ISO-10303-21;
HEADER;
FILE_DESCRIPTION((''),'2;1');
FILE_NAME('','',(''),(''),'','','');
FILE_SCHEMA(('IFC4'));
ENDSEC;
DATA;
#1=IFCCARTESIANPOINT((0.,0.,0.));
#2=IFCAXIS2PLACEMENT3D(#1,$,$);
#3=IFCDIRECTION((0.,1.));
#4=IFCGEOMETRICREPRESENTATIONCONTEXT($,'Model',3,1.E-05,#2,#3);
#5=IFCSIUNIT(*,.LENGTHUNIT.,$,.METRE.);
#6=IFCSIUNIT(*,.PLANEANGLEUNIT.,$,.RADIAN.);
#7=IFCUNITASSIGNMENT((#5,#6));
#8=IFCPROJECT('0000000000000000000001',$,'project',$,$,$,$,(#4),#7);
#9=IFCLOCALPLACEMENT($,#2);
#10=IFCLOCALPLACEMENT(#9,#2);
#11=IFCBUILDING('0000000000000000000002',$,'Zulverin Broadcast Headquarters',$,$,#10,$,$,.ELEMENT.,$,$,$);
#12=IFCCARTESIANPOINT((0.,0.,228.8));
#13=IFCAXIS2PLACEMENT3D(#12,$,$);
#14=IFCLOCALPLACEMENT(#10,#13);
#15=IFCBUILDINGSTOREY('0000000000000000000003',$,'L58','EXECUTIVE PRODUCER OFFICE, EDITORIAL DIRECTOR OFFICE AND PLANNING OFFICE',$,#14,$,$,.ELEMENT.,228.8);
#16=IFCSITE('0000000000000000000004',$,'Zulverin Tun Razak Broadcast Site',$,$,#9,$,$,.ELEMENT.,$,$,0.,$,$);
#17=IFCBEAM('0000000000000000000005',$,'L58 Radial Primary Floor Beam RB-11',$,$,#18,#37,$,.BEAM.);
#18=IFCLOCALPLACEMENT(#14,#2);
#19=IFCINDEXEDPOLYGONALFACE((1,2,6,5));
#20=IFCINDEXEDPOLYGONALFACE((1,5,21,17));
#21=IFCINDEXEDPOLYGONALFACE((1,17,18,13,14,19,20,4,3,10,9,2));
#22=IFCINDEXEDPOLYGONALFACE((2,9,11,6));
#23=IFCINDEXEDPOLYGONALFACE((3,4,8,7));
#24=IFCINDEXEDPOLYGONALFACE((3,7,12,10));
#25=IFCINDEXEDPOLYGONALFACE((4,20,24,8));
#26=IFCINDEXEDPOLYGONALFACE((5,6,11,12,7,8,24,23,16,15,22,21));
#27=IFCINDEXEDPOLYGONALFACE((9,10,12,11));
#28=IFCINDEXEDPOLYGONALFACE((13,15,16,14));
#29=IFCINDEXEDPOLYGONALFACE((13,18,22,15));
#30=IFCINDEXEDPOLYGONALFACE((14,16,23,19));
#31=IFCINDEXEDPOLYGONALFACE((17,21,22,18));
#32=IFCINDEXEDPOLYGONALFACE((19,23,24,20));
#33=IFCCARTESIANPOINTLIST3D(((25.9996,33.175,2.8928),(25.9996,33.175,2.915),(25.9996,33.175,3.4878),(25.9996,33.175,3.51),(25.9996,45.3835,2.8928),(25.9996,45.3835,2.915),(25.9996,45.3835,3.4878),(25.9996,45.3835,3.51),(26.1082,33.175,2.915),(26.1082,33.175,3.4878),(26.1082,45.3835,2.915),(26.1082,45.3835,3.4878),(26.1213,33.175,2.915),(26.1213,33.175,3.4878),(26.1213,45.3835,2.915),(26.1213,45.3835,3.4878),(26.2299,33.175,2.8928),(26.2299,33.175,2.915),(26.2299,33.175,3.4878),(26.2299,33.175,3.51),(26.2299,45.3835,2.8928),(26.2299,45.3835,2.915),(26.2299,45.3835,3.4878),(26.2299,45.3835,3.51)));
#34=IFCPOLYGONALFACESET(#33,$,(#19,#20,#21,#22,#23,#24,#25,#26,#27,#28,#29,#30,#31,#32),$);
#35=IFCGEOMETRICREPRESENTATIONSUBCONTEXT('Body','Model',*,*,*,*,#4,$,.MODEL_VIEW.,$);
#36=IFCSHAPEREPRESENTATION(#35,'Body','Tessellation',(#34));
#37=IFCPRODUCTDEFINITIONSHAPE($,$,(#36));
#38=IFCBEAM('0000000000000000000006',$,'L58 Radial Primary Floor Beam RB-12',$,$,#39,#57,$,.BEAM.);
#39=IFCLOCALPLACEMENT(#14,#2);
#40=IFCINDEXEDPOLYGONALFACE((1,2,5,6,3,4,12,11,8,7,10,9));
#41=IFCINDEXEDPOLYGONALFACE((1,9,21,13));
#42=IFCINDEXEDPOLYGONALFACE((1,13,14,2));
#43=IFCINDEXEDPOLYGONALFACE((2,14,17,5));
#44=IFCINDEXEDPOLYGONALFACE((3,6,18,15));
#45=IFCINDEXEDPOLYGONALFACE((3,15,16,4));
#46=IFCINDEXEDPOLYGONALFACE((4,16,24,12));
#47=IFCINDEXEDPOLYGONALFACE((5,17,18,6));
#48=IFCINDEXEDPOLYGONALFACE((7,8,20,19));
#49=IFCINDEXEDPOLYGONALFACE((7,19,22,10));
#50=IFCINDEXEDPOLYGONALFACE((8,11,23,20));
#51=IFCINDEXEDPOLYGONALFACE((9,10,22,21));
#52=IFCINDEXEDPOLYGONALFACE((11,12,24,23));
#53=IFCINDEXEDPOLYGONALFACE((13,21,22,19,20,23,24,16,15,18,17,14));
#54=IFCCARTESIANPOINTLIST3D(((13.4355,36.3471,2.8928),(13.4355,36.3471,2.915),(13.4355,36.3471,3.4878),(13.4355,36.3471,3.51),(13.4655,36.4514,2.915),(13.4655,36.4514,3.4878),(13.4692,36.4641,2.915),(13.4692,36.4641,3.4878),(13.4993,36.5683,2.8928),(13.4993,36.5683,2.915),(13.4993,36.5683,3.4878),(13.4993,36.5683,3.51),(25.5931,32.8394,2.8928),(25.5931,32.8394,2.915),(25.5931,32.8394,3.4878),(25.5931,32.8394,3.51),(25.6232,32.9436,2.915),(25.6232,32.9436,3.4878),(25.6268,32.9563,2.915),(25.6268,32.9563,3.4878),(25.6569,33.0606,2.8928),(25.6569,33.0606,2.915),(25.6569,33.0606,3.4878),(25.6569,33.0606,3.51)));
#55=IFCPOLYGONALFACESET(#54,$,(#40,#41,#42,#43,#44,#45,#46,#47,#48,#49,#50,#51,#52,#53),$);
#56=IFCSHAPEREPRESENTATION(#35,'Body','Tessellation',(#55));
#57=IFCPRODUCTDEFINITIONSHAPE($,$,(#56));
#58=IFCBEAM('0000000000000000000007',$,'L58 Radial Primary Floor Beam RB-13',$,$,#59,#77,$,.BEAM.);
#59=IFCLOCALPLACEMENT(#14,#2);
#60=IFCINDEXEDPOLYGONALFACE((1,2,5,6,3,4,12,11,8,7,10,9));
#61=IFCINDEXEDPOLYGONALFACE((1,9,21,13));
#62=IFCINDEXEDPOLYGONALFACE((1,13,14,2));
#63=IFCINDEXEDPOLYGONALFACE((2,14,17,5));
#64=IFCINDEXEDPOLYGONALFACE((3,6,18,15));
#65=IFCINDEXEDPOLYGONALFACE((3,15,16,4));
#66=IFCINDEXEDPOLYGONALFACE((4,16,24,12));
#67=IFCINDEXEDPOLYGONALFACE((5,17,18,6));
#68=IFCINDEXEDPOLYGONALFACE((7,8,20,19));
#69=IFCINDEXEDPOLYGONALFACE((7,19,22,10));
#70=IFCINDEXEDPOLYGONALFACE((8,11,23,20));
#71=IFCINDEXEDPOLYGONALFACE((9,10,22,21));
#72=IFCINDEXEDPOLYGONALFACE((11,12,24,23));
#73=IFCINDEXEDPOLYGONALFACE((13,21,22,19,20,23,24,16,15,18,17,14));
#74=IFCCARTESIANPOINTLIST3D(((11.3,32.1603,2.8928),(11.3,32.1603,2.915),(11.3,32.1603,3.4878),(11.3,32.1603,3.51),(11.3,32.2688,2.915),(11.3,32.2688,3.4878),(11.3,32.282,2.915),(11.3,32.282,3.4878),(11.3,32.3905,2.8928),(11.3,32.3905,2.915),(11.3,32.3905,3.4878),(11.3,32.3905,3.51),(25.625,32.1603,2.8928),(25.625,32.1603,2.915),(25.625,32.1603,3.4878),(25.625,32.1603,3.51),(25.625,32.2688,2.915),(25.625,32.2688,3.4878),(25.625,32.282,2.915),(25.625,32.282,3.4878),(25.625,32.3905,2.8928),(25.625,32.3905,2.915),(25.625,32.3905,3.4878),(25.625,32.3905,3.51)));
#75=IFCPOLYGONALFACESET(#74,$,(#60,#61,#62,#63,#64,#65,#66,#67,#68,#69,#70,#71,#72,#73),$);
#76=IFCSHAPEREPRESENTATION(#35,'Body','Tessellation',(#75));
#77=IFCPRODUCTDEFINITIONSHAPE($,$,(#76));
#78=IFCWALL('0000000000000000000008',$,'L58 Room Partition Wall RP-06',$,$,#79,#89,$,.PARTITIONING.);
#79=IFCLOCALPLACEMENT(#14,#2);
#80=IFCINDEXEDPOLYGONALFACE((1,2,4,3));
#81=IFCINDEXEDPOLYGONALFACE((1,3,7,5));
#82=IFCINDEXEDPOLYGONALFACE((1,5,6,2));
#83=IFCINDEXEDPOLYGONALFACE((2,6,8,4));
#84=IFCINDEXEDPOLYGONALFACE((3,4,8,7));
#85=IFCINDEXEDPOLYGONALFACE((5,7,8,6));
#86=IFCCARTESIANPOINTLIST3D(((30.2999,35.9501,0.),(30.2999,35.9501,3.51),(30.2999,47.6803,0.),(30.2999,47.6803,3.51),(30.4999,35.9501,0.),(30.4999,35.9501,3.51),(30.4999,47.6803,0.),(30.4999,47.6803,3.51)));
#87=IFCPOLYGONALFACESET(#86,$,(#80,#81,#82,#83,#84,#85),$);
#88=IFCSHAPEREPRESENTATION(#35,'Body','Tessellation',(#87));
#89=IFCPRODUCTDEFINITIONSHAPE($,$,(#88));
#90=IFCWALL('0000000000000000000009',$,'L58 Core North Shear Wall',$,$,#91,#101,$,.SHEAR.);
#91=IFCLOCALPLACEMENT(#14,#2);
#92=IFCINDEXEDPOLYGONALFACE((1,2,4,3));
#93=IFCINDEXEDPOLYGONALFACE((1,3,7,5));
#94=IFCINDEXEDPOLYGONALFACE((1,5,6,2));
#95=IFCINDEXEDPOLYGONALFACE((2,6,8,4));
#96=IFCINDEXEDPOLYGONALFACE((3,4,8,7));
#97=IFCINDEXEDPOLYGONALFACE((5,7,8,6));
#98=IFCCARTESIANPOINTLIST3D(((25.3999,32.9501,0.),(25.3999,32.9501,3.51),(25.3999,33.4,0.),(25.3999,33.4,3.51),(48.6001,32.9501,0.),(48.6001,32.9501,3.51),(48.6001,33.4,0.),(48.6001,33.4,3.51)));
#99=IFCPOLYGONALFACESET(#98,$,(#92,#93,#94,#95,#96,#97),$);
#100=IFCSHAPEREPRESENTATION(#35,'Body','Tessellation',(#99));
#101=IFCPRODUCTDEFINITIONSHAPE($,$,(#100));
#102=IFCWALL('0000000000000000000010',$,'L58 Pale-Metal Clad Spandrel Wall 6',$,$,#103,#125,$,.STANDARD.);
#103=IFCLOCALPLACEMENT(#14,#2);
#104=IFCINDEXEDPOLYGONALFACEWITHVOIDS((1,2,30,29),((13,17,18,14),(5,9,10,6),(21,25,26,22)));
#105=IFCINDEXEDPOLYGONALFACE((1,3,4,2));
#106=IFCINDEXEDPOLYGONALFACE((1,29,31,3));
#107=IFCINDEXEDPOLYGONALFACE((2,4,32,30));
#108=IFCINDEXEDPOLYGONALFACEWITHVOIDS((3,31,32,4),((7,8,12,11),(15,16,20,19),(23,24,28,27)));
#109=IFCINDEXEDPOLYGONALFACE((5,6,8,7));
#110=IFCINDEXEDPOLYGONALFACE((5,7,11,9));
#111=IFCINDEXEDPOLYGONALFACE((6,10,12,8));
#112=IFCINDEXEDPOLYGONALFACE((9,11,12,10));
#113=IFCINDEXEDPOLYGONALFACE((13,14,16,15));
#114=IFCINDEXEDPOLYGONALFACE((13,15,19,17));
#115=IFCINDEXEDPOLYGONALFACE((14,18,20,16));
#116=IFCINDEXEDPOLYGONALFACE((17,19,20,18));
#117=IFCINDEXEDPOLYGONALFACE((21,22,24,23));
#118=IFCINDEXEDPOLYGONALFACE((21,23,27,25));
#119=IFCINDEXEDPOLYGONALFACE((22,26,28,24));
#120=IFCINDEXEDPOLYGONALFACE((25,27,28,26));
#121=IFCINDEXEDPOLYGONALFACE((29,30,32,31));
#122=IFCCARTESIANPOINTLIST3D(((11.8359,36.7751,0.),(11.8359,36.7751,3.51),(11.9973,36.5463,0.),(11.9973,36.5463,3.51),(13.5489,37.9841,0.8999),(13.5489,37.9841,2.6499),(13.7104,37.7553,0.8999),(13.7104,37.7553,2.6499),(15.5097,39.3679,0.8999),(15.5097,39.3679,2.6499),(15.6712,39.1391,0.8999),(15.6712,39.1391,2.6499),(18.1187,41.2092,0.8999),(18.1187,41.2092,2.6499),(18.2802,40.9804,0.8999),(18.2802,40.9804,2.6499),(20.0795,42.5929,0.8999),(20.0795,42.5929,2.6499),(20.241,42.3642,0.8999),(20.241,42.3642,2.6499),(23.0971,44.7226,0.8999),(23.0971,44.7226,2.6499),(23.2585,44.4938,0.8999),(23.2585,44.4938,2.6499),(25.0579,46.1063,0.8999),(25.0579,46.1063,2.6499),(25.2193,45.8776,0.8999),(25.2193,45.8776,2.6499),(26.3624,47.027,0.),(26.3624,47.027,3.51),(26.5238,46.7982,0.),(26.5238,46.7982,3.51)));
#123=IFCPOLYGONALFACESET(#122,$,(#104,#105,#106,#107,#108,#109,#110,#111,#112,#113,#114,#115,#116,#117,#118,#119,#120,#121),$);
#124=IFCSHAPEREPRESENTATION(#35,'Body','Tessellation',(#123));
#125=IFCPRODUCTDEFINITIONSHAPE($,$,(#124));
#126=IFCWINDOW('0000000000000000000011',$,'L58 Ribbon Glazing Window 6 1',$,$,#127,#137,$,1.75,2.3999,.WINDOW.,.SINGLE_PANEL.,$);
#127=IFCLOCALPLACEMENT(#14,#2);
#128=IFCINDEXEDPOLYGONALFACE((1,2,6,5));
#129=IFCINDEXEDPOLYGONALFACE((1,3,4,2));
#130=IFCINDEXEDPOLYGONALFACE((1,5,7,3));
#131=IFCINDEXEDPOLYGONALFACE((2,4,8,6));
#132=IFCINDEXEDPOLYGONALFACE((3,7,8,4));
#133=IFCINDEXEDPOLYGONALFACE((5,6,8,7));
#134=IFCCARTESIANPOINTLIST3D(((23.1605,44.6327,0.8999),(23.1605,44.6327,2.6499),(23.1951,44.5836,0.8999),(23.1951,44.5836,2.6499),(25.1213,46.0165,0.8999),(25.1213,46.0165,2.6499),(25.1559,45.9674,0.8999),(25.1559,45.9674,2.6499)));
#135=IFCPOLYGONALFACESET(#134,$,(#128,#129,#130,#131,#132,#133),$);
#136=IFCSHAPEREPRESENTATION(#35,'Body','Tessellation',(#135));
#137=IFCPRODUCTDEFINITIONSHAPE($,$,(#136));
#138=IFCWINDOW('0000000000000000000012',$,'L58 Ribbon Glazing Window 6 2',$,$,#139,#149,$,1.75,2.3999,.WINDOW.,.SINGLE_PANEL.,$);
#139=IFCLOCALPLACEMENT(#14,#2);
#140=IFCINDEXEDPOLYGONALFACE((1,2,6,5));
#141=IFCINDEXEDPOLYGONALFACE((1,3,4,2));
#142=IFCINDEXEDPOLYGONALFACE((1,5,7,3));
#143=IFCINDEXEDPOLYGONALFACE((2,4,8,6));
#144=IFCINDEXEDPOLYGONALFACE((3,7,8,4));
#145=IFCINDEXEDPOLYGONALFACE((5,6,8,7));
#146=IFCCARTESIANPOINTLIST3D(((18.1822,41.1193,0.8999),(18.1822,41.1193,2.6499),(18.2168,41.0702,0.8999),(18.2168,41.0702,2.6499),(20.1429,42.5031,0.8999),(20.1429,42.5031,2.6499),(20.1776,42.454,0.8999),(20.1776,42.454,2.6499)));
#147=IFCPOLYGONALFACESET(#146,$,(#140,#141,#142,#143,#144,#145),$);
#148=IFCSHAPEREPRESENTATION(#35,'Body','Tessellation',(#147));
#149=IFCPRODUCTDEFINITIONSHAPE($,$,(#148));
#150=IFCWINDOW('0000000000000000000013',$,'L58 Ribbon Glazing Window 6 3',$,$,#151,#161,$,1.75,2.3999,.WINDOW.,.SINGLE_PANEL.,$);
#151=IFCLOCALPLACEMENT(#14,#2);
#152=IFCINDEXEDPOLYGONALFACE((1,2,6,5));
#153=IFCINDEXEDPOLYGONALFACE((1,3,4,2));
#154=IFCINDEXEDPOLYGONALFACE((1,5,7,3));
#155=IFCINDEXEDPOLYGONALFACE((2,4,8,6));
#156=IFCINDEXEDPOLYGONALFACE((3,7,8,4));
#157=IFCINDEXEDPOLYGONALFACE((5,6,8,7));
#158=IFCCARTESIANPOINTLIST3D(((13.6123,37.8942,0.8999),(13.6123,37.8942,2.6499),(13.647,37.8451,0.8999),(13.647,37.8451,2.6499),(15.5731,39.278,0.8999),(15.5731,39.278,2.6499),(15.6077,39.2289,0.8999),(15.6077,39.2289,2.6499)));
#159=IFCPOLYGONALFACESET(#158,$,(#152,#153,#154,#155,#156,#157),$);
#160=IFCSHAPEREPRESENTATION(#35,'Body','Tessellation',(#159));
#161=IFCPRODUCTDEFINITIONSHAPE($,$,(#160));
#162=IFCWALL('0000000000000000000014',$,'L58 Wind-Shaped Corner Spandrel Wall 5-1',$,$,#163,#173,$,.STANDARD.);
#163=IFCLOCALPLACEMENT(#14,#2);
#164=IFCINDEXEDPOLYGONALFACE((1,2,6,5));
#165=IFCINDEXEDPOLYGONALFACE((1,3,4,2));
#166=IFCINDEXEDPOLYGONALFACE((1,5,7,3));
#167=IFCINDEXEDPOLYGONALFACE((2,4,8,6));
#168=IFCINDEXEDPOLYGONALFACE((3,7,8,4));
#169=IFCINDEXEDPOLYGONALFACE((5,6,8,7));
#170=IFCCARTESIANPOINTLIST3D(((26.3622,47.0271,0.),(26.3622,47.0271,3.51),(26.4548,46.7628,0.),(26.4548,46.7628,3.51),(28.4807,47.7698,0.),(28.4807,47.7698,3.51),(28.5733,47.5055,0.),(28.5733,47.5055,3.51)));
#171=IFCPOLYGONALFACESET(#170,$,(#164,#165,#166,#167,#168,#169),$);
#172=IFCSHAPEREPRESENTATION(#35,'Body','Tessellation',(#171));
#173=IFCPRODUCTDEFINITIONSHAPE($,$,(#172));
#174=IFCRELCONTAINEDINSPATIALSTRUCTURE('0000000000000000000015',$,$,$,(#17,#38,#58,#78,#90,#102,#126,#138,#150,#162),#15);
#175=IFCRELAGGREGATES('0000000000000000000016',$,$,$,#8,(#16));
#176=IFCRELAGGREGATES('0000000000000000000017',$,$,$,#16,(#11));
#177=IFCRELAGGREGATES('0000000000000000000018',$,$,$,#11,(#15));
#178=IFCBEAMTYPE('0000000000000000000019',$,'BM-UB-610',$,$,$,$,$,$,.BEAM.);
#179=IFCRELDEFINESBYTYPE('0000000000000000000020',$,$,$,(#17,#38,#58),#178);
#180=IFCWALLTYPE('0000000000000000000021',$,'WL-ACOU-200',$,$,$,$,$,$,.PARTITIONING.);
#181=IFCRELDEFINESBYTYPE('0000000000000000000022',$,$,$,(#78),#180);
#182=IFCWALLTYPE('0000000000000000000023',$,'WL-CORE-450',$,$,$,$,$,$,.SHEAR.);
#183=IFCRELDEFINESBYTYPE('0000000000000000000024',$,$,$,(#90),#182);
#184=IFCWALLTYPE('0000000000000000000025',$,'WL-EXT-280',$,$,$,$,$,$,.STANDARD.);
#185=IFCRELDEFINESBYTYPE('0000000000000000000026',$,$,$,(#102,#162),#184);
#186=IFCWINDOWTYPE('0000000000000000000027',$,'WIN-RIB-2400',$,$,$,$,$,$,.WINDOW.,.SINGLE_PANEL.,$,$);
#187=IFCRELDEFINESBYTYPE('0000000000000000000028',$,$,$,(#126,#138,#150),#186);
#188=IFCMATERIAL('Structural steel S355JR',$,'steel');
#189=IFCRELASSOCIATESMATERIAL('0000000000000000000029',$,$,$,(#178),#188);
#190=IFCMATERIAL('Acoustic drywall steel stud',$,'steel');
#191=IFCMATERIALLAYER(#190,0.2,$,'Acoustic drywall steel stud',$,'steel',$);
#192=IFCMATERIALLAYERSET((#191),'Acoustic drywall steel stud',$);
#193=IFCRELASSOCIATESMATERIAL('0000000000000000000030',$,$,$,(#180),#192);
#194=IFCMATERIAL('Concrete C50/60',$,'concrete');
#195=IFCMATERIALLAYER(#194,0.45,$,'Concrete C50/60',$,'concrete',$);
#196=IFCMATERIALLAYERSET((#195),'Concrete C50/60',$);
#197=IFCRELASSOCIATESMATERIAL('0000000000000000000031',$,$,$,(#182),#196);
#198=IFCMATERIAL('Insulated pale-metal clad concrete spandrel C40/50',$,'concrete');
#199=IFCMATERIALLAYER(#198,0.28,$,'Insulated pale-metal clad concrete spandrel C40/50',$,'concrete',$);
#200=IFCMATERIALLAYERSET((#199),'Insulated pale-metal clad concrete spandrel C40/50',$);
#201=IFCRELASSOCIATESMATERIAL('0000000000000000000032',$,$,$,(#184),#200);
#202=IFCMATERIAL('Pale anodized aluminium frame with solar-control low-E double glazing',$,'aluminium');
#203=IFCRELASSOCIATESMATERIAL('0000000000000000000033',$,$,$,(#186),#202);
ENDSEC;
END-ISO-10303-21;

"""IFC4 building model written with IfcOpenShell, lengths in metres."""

from ifc_helpers import new_model, si_unit, direction, frame, frame_2d, origin, origin_2d, place, context, subcontext, project, spatial, rectangle, i_section, extrude, material, layer, layer_set, material_profile, profile_set, type_object, element, fill, save


model = new_model("IFC4")

# Units and contexts
model_context = context("Model", 3, precision=1e-05, world=origin(), true_north=direction((0.0, 1.0)))
body_context = subcontext(model_context, "Body", "Model", "MODEL_VIEW")
ifc_project = project(units=[si_unit("LENGTHUNIT", "METRE"), si_unit("PLANEANGLEUNIT", "RADIAN")], contexts=[model_context])

# Site, building, storey
site_placement = place(None, origin())
site = spatial("IfcSite", under=ifc_project, at=site_placement, Name="Zulverin Tun Razak Broadcast Site", CompositionType="ELEMENT", RefElevation=0.0)
building_placement = place(site_placement, origin())
building = spatial("IfcBuilding", under=site, at=building_placement, Name="Zulverin Broadcast Headquarters", CompositionType="ELEMENT")
storey_placement = place(building_placement, frame((0.0, 0.0, 228.8)))
storey = spatial("IfcBuildingStorey", under=building, at=storey_placement, Name="L58", Description="EXECUTIVE PRODUCER OFFICE, EDITORIAL DIRECTOR OFFICE AND PLANNING OFFICE", CompositionType="ELEMENT", Elevation=228.8)

# Shared definitions
ifc_material_1 = material(Name="Concrete C50/60", Category="concrete")

# Beams
ifc_material_2 = material(Name="Structural steel S355JR", Category="steel")
ifc_material_profile_1 = material_profile(ifc_material_2, i_section(OverallWidth=0.2302, OverallDepth=0.6172, WebThickness=0.0132, FlangeThickness=0.0222, at=origin_2d()), Name="Structural steel S355JR", Category="steel")
ifc_profile_set_1 = profile_set([ifc_material_profile_1], Name="Structural steel S355JR")
beam_type_1 = type_object("IfcBeamType", Name="BM-UB-610", PredefinedType="BEAM", material=ifc_profile_set_1)
beam_1_placement = place(storey_placement, frame((26.1147, 33.175, 3.2014), z_axis=(0.0, 1.0, 0.0), x_axis=(-1.0, 0.0, 0.0)))
element("IfcBeam", 1, at=beam_1_placement, inside=storey, type_object=beam_type_1, Name="L58 Radial Primary Floor Beam RB-11", PredefinedType="BEAM", context=body_context, shape_type="SweptSolid", body=[
    extrude(i_section(OverallWidth=0.2302, OverallDepth=0.6172, WebThickness=0.0132, FlangeThickness=0.0222, at=origin_2d()), origin(), (0.0, 0.0, 1.0), 12.2085),
])
beam_2_placement = place(storey_placement, frame((25.625, 32.95, 3.2014), z_axis=(-0.960807, 0.277218, 0.0), x_axis=(-0.277218, -0.960807, 0.0)))
element("IfcBeam", 2, at=beam_2_placement, inside=storey, type_object=beam_type_1, Name="L58 Radial Primary Floor Beam RB-12", PredefinedType="BEAM", context=body_context, shape_type="SweptSolid", body=[
    extrude(i_section(OverallWidth=0.2302, OverallDepth=0.6172, WebThickness=0.0132, FlangeThickness=0.0222, at=origin_2d()), origin(), (0.0, 0.0, 1.0), 12.6536),
])
beam_3_placement = place(storey_placement, frame((25.625, 32.2754, 3.2014), z_axis=(-1.0, 0.0, 0.0), x_axis=(0.0, -1.0, 0.0)))
element("IfcBeam", 3, at=beam_3_placement, inside=storey, type_object=beam_type_1, Name="L58 Radial Primary Floor Beam RB-13", PredefinedType="BEAM", context=body_context, shape_type="SweptSolid", body=[
    extrude(i_section(OverallWidth=0.2302, OverallDepth=0.6172, WebThickness=0.0132, FlangeThickness=0.0222, at=origin_2d()), origin(), (0.0, 0.0, 1.0), 14.325),
])

# Walls
ifc_material_3 = material(Name="Acoustic drywall steel stud", Category="steel")
ifc_layer_1 = layer(ifc_material_3, 0.2, Name="Acoustic drywall steel stud", Category="steel")
ifc_layer_set_1 = layer_set([ifc_layer_1], Name="Acoustic drywall steel stud")
wall_type_1 = type_object("IfcWallType", Name="WL-ACOU-200", PredefinedType="PARTITIONING", material=ifc_layer_set_1)
wall_1_placement = place(storey_placement, frame((30.3999, 35.95, 0.0), z_axis=(0.0, 0.0, 1.0), x_axis=(0.0, 1.0, 0.0)))
element("IfcWall", 4, at=wall_1_placement, inside=storey, type_object=wall_type_1, Name="L58 Room Partition Wall RP-06", PredefinedType="PARTITIONING", context=body_context, shape_type="SweptSolid", body=[
    extrude(rectangle(XDim=11.7302, YDim=0.2, at=frame_2d((5.8652, 0.0))), origin(), (0.0, 0.0, 1.0), 3.51),
])
ifc_layer_2 = layer(ifc_material_1, 0.45, Name="Concrete C50/60", Category="concrete")
ifc_layer_set_2 = layer_set([ifc_layer_2], Name="Concrete C50/60")
wall_type_2 = type_object("IfcWallType", Name="WL-CORE-450", PredefinedType="SHEAR", material=ifc_layer_set_2)
wall_2_placement = place(storey_placement, frame((25.3999, 33.175, 0.0), z_axis=(0.0, 0.0, 1.0), x_axis=(1.0, 0.0, 0.0)))
element("IfcWall", 5, at=wall_2_placement, inside=storey, type_object=wall_type_2, Name="L58 Core North Shear Wall", PredefinedType="SHEAR", context=body_context, shape_type="SweptSolid", body=[
    extrude(rectangle(XDim=23.2002, YDim=0.45, at=frame_2d((11.6001, 0.0))), origin(), (0.0, 0.0, 1.0), 3.51),
])

# Wall, openings, windows
ifc_material_4 = material(Name="Insulated pale-metal clad concrete spandrel C40/50", Category="concrete")
ifc_layer_3 = layer(ifc_material_4, 0.28, Name="Insulated pale-metal clad concrete spandrel C40/50", Category="concrete")
ifc_layer_set_3 = layer_set([ifc_layer_3], Name="Insulated pale-metal clad concrete spandrel C40/50")
wall_type_3 = type_object("IfcWallType", Name="WL-EXT-280", PredefinedType="STANDARD", material=ifc_layer_set_3)
wall_3_placement = place(storey_placement, frame((26.4431, 46.9126, 0.0), z_axis=(0.0, 0.0, 1.0), x_axis=(-0.817024, -0.576603, 0.0)))
wall_3 = element("IfcWall", 6, at=wall_3_placement, inside=storey, type_object=wall_type_3, Name="L58 Pale-Metal Clad Spandrel Wall 6", PredefinedType="STANDARD", context=body_context, shape_type="SweptSolid", body=[
    extrude(rectangle(XDim=17.7798, YDim=0.28, at=frame_2d((8.8899, 0.0))), origin(), (0.0, 0.0, 1.0), 3.51),
])
opening_1_placement = place(wall_3_placement, frame((1.5967, 0.0, 0.8999)))
opening_1 = element("IfcOpeningElement", 7, at=opening_1_placement, cuts=wall_3, PredefinedType="OPENING", context=body_context, shape_type="SweptSolid", body=[
    extrude(rectangle(XDim=2.3999, YDim=1.75, at=frame_2d((1.2, 0.875))), frame((0.0, 0.1499, 0.0), z_axis=(0.0, -1.0, 0.0), x_axis=(1.0, 0.0, 0.0)), (0.0, 0.0, 1.0), 0.3),
])
opening_2_placement = place(wall_3_placement, frame((7.6899, 0.0, 0.8999)))
opening_2 = element("IfcOpeningElement", 8, at=opening_2_placement, cuts=wall_3, PredefinedType="OPENING", context=body_context, shape_type="SweptSolid", body=[
    extrude(rectangle(XDim=2.3999, YDim=1.75, at=frame_2d((1.2, 0.875))), frame((0.0, 0.1499, 0.0), z_axis=(0.0, -1.0, 0.0), x_axis=(1.0, 0.0, 0.0)), (0.0, 0.0, 1.0), 0.3),
])
opening_3_placement = place(wall_3_placement, frame((13.2832, 0.0, 0.8999)))
opening_3 = element("IfcOpeningElement", 9, at=opening_3_placement, cuts=wall_3, PredefinedType="OPENING", context=body_context, shape_type="SweptSolid", body=[
    extrude(rectangle(XDim=2.3999, YDim=1.75, at=frame_2d((1.2, 0.875))), frame((0.0, 0.1499, 0.0), z_axis=(0.0, -1.0, 0.0), x_axis=(1.0, 0.0, 0.0)), (0.0, 0.0, 1.0), 0.3),
])
ifc_material_5 = material(Name="Pale anodized aluminium frame with solar-control low-E double glazing", Category="aluminium")
window_type = type_object("IfcWindowType", Name="WIN-RIB-2400", PartitioningType="SINGLE_PANEL", PredefinedType="WINDOW", material=ifc_material_5)
window_1_placement = place(opening_1_placement, origin())
window_1 = element("IfcWindow", 10, at=window_1_placement, inside=storey, type_object=window_type, Name="L58 Ribbon Glazing Window 6 1", OverallHeight=1.75, OverallWidth=2.3999, PartitioningType="SINGLE_PANEL", PredefinedType="WINDOW", context=body_context, shape_type="SweptSolid", body=[
    extrude(rectangle(XDim=2.3999, YDim=1.75, at=frame_2d((1.2, 0.875))), frame((0.0, 0.03, 0.0), z_axis=(0.0, -1.0, 0.0), x_axis=(1.0, 0.0, 0.0)), (0.0, 0.0, 1.0), 0.0601),
])
fill(opening_1, window_1)
window_2_placement = place(opening_2_placement, origin())
window_2 = element("IfcWindow", 11, at=window_2_placement, inside=storey, type_object=window_type, Name="L58 Ribbon Glazing Window 6 2", OverallHeight=1.75, OverallWidth=2.3999, PartitioningType="SINGLE_PANEL", PredefinedType="WINDOW", context=body_context, shape_type="SweptSolid", body=[
    extrude(rectangle(XDim=2.3999, YDim=1.75, at=frame_2d((1.2, 0.875))), frame((0.0, 0.03, 0.0), z_axis=(0.0, -1.0, 0.0), x_axis=(1.0, 0.0, 0.0)), (0.0, 0.0, 1.0), 0.0601),
])
fill(opening_2, window_2)
window_3_placement = place(opening_3_placement, origin())
window_3 = element("IfcWindow", 12, at=window_3_placement, inside=storey, type_object=window_type, Name="L58 Ribbon Glazing Window 6 3", OverallHeight=1.75, OverallWidth=2.3999, PartitioningType="SINGLE_PANEL", PredefinedType="WINDOW", context=body_context, shape_type="SweptSolid", body=[
    extrude(rectangle(XDim=2.3999, YDim=1.75, at=frame_2d((1.2, 0.875))), frame((0.0, 0.03, 0.0), z_axis=(0.0, -1.0, 0.0), x_axis=(1.0, 0.0, 0.0)), (0.0, 0.0, 1.0), 0.0601),
])
fill(opening_3, window_3)

# Wall
wall_4_placement = place(storey_placement, frame((28.5271, 47.6377, 0.0), z_axis=(0.0, 0.0, 1.0), x_axis=(-0.943687, -0.33084, 0.0)))
element("IfcWall", 13, at=wall_4_placement, inside=storey, type_object=wall_type_3, Name="L58 Wind-Shaped Corner Spandrel Wall 5-1", PredefinedType="STANDARD", context=body_context, shape_type="SweptSolid", body=[
    extrude(rectangle(XDim=2.2449, YDim=0.28, at=frame_2d((1.1226, 0.0))), origin(), (0.0, 0.0, 1.0), 3.51),
])

save(model, "model.ifc")
